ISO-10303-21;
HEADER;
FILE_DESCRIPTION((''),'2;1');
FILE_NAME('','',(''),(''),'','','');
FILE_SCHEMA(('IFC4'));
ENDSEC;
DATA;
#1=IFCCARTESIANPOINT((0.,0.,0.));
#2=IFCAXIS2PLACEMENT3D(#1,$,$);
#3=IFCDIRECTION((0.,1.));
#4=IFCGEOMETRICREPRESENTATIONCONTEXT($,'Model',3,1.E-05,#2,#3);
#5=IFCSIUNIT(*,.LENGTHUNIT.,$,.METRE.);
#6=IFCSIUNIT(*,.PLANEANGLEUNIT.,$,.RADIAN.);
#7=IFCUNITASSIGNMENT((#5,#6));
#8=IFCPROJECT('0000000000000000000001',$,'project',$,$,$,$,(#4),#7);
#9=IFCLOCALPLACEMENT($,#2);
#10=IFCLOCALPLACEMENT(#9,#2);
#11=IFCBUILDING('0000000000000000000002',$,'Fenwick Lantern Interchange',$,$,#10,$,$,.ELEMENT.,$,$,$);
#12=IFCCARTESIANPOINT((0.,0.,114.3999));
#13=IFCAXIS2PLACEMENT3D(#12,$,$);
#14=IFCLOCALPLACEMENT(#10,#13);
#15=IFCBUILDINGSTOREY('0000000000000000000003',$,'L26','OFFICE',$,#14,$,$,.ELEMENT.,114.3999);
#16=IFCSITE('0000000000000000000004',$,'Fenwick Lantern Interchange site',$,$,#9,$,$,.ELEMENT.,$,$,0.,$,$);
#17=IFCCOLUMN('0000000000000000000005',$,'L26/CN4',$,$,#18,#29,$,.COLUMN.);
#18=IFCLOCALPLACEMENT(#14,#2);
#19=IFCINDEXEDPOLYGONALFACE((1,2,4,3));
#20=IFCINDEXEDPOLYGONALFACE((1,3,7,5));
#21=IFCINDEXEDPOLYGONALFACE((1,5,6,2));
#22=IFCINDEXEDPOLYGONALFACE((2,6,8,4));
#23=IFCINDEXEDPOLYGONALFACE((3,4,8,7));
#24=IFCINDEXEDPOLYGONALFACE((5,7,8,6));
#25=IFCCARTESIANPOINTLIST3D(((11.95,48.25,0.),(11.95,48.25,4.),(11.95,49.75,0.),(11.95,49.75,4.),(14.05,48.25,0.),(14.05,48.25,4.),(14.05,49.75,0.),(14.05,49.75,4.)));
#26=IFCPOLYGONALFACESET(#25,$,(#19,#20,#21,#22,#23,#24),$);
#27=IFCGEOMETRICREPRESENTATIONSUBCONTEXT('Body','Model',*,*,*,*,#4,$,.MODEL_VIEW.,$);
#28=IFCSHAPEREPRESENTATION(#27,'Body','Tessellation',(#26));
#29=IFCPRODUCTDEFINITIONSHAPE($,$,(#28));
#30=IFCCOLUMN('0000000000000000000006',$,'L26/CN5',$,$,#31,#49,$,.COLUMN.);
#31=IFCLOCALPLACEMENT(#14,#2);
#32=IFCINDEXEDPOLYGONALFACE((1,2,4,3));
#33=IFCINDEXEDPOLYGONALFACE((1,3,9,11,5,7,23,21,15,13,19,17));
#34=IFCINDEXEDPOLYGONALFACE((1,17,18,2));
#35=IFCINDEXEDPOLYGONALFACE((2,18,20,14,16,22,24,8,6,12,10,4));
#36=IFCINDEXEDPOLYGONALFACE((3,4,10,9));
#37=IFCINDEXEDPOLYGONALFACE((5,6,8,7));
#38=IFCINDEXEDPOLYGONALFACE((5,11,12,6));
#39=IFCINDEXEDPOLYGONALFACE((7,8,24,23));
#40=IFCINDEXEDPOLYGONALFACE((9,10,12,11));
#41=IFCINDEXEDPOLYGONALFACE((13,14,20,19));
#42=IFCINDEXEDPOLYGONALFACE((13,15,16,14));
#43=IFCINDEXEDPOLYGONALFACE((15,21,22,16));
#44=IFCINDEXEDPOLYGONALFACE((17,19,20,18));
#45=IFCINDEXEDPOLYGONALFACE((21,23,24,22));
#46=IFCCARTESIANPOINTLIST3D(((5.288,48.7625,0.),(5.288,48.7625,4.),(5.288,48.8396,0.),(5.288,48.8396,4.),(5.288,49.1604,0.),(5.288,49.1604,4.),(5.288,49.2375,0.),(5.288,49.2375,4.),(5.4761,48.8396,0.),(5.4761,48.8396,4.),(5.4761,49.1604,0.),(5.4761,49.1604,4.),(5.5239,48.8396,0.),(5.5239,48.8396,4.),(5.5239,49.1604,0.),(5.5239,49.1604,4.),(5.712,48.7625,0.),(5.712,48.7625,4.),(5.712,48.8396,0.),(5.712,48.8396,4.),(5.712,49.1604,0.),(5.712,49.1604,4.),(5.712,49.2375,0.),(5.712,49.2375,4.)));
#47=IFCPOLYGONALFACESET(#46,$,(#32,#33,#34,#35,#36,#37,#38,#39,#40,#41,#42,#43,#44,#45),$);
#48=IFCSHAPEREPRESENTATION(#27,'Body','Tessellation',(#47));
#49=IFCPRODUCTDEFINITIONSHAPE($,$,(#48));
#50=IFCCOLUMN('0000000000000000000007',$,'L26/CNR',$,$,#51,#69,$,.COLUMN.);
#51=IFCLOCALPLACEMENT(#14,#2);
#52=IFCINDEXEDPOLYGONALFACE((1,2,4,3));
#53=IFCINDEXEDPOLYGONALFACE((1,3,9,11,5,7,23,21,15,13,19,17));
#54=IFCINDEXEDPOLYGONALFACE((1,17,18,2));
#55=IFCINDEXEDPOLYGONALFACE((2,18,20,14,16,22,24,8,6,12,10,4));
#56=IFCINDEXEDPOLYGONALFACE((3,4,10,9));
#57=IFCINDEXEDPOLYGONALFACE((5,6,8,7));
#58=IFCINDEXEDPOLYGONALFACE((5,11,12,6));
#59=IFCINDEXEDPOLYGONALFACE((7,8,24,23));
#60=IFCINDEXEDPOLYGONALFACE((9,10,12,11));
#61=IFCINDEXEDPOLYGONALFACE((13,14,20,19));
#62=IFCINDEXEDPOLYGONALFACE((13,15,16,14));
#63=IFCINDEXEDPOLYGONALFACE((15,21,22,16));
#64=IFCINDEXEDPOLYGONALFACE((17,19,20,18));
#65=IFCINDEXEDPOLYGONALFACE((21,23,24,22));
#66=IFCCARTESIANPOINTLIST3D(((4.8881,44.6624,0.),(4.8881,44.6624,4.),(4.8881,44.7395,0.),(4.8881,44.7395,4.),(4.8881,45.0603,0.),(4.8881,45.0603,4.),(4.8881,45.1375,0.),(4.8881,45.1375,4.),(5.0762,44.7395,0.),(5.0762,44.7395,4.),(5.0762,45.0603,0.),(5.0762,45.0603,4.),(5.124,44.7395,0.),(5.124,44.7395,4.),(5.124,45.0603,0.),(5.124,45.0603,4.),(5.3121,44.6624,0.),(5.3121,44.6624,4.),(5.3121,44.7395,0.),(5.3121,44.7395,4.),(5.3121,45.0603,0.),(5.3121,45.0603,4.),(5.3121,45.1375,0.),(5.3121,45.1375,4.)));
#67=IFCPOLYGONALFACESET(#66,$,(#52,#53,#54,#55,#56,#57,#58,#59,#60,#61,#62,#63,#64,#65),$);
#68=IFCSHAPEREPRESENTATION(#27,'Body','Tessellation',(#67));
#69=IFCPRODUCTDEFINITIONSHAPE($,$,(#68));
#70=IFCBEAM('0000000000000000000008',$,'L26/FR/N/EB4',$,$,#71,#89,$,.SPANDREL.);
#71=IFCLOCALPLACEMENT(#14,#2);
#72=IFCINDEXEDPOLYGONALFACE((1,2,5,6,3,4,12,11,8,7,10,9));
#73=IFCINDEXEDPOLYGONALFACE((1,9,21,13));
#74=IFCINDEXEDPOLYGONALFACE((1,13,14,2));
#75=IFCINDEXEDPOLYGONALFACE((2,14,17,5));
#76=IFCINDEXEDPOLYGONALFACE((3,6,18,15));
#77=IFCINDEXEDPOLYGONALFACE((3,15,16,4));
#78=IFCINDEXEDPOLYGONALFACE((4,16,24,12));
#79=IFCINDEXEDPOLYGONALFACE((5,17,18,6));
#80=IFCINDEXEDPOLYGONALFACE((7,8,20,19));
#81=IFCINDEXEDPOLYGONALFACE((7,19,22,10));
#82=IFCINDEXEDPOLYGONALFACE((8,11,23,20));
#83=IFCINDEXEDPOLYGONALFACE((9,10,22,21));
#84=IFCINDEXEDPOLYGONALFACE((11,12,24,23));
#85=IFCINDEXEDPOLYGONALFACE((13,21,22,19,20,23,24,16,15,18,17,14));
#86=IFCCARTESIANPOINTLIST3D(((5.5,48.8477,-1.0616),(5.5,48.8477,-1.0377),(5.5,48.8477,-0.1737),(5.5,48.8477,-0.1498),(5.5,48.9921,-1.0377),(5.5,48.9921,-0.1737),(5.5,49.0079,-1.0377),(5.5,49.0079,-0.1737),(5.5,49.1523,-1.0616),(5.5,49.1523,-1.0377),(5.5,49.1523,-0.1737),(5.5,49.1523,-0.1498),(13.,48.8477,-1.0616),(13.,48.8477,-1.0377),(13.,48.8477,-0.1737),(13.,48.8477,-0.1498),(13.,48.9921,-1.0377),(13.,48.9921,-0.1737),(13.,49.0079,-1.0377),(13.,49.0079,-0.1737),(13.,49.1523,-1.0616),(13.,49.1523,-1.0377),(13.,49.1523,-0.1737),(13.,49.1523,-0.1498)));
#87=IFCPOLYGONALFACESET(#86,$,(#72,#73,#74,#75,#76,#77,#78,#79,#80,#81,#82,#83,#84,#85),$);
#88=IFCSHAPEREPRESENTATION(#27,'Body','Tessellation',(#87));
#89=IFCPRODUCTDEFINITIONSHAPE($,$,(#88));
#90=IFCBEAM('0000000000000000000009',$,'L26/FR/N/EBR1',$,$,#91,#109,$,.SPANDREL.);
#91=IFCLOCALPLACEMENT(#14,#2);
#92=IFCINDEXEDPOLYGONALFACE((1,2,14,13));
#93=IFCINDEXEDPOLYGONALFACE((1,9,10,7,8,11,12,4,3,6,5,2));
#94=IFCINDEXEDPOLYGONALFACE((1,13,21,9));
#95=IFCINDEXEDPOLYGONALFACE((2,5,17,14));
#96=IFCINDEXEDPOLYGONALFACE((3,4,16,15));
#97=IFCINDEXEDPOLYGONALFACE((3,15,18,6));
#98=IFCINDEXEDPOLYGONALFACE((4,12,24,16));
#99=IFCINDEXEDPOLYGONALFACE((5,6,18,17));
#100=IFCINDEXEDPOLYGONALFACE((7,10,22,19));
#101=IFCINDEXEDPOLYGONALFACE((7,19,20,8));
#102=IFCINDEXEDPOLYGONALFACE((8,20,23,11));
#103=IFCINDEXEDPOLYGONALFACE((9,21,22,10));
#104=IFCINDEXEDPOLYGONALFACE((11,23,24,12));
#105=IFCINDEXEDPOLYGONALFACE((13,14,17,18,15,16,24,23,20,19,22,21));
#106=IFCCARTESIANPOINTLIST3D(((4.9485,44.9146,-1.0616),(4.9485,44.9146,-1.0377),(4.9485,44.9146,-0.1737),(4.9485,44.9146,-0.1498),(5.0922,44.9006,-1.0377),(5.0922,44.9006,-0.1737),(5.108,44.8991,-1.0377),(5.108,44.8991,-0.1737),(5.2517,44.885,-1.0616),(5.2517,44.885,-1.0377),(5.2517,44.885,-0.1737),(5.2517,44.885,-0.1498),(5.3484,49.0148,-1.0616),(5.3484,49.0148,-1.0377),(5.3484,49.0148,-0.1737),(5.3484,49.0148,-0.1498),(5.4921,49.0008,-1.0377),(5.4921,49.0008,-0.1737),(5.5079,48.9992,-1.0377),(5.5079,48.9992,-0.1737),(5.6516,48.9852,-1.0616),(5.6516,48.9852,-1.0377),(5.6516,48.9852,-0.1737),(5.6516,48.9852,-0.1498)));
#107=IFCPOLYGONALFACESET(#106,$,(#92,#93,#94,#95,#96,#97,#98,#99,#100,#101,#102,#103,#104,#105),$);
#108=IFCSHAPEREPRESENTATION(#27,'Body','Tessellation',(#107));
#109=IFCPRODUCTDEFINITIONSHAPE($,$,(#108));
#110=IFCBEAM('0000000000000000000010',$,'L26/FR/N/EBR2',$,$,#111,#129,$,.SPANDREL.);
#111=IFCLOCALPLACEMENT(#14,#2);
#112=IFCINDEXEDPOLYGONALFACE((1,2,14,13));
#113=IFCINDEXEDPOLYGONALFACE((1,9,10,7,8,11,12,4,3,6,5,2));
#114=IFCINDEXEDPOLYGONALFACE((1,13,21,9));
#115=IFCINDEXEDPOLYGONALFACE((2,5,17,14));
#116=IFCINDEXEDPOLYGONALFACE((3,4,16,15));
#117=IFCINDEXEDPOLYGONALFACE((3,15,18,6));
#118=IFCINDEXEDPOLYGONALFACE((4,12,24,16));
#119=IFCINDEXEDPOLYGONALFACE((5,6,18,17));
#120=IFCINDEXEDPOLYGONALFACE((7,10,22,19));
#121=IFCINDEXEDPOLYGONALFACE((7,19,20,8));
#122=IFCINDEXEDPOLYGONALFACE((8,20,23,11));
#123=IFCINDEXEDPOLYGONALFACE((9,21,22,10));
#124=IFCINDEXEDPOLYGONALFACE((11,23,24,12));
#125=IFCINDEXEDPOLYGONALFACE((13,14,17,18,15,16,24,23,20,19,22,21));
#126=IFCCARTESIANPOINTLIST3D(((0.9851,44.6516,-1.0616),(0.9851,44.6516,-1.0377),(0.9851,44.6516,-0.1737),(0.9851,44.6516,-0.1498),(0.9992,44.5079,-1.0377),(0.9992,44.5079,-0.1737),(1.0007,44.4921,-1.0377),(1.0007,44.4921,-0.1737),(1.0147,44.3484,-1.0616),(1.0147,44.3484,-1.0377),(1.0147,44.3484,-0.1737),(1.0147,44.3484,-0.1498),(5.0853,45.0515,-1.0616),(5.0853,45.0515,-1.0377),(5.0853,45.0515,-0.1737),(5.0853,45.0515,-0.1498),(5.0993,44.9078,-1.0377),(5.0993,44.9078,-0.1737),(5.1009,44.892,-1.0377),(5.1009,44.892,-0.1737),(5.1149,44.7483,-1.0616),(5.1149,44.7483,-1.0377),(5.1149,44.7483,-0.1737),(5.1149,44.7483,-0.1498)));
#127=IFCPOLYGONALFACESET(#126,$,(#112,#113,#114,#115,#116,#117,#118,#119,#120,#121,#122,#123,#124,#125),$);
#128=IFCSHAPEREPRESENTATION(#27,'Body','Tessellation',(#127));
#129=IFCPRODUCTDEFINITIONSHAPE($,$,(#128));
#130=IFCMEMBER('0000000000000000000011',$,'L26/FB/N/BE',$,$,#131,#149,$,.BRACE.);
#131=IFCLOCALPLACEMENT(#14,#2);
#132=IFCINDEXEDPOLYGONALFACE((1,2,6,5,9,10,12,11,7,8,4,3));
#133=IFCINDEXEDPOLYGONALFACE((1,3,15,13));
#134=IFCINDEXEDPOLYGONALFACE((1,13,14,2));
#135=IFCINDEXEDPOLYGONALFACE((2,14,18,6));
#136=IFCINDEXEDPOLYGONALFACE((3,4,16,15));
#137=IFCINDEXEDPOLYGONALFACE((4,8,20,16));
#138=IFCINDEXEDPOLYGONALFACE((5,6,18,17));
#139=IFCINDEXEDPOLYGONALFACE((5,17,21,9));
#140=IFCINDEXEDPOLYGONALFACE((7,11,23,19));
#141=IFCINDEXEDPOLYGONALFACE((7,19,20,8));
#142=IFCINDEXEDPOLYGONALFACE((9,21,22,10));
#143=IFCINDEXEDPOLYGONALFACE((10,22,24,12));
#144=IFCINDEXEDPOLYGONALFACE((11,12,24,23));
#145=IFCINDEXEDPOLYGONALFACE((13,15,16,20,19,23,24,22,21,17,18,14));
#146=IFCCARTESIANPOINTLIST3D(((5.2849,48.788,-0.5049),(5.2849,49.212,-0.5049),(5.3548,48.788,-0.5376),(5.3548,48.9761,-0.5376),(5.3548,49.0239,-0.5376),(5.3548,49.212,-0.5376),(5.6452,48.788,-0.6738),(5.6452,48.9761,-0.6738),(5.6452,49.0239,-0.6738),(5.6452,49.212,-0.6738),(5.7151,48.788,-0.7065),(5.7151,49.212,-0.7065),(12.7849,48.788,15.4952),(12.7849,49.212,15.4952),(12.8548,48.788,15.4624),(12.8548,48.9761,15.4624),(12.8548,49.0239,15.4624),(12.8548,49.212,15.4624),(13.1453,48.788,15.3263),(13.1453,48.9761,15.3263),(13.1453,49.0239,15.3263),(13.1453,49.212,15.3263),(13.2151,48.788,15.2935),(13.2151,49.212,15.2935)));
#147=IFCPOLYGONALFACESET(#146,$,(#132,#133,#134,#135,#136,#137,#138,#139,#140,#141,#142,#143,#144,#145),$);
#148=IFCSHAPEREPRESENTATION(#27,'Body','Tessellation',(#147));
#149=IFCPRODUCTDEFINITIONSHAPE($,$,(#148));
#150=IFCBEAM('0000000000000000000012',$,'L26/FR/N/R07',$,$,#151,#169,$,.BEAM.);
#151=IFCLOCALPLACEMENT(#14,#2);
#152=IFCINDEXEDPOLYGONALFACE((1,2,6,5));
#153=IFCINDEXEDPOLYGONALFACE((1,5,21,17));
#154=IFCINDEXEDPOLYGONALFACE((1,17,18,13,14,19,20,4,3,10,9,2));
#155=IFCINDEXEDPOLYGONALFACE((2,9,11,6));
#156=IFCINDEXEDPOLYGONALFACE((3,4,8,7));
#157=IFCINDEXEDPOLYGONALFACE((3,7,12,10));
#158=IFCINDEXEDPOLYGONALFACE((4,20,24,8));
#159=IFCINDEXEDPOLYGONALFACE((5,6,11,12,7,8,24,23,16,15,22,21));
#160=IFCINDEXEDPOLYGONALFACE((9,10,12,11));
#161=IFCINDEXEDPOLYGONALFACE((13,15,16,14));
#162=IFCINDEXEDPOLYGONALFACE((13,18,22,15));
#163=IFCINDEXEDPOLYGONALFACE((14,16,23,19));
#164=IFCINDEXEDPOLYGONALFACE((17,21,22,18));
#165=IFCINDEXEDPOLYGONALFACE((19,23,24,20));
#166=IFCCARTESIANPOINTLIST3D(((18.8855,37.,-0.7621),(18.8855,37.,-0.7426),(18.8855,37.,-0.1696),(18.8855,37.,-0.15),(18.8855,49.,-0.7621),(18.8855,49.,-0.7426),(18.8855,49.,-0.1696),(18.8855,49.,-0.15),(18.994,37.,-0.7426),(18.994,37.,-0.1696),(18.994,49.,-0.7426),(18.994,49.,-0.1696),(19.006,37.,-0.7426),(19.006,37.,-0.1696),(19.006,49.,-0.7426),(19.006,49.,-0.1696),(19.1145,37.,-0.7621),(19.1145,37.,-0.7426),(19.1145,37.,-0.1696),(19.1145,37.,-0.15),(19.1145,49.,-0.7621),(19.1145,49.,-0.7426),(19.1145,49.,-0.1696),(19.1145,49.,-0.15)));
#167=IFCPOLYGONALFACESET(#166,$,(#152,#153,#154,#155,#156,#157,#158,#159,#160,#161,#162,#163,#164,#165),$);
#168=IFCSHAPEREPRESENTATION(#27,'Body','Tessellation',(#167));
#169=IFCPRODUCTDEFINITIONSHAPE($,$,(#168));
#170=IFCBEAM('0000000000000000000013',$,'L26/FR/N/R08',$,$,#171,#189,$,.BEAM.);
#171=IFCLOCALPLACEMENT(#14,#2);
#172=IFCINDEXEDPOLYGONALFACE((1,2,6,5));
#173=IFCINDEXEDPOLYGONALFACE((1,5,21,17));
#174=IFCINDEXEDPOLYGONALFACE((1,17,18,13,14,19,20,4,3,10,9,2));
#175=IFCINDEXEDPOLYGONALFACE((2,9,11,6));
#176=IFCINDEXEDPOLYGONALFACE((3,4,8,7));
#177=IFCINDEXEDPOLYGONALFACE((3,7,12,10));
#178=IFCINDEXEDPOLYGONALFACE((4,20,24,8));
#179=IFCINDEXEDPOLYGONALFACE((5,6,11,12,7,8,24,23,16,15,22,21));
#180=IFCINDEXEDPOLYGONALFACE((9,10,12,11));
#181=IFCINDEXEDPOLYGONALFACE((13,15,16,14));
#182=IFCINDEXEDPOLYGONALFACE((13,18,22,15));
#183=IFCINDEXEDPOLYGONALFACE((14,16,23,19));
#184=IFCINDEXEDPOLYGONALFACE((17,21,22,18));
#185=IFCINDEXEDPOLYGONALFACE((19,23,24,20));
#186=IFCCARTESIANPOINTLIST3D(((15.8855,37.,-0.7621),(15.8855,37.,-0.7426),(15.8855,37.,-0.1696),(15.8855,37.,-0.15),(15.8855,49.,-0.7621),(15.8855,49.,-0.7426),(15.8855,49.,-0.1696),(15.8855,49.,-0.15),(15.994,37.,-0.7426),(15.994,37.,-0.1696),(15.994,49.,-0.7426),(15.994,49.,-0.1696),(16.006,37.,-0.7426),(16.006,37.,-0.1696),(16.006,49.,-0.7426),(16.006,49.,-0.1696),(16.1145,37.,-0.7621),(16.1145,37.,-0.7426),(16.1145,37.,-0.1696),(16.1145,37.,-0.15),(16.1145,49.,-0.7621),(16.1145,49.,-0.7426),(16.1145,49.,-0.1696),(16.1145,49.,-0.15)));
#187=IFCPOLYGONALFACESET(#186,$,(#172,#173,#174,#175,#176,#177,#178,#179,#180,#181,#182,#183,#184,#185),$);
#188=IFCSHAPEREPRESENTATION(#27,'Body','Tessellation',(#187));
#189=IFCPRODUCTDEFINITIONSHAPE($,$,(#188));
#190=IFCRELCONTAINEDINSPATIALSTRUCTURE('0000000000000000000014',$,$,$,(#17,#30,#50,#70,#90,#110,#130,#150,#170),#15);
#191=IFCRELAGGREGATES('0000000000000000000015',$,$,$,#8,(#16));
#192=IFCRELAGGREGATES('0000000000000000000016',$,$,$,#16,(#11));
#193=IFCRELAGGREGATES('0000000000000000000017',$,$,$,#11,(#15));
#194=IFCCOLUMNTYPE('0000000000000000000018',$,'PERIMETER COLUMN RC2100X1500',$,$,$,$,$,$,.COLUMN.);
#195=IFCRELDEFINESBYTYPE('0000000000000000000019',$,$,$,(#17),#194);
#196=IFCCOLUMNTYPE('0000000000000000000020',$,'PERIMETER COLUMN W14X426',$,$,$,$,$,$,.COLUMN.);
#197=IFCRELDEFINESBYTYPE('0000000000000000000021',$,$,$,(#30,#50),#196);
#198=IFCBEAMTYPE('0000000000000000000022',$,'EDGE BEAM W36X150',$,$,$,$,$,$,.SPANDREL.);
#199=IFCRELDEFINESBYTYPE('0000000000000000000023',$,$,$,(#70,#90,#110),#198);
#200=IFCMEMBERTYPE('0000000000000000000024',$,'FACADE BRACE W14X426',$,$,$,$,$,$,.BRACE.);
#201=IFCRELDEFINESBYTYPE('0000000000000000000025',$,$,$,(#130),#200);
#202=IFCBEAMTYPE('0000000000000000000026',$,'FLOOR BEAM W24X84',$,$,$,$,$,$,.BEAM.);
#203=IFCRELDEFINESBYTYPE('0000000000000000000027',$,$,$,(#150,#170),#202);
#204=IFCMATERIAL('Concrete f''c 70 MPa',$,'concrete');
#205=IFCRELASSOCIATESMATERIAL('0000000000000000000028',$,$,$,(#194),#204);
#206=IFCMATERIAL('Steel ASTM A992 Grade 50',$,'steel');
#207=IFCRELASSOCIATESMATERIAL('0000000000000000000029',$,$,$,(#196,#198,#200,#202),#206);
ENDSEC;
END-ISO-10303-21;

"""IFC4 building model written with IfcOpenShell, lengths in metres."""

from ifc_helpers import new_model, si_unit, direction, frame, origin, origin_2d, place, context, subcontext, project, spatial, rectangle, i_section, extrude, material, material_profile, profile_set, type_object, element, save


model = new_model("IFC4")

# Units and contexts
model_context = context("Model", 3, precision=1e-05, world=origin(), true_north=direction((0.0, 1.0)))
body_context = subcontext(model_context, "Body", "Model", "MODEL_VIEW")
ifc_project = project(units=[si_unit("LENGTHUNIT", "METRE"), si_unit("PLANEANGLEUNIT", "RADIAN")], contexts=[model_context])

# Site, building, storey
site_placement = place(None, origin())
site = spatial("IfcSite", under=ifc_project, at=site_placement, Name="Fenwick Lantern Interchange site", CompositionType="ELEMENT", RefElevation=0.0)
building_placement = place(site_placement, origin())
building = spatial("IfcBuilding", under=site, at=building_placement, Name="Fenwick Lantern Interchange", CompositionType="ELEMENT")
storey_placement = place(building_placement, frame((0.0, 0.0, 114.3999)))
storey = spatial("IfcBuildingStorey", under=building, at=storey_placement, Name="L26", Description="OFFICE", CompositionType="ELEMENT", Elevation=114.3999)

# Columns
ifc_material_1 = material(Name="Concrete f'c 70 MPa", Category="concrete")
ifc_material_profile_1 = material_profile(ifc_material_1, rectangle(XDim=2.1001, YDim=1.5, at=origin_2d()), Name="RC2100X1500")
ifc_profile_set_1 = profile_set([ifc_material_profile_1], Name="Concrete f'c 70 MPa")
column_type_1 = type_object("IfcColumnType", Name="PERIMETER COLUMN RC2100X1500", PredefinedType="COLUMN", material=ifc_profile_set_1)
column_placement = place(storey_placement, frame((13.0, 49.0, 0.0), z_axis=(0.0, 0.0, 1.0), x_axis=(1.0, 0.0, 0.0)))
element("IfcColumn", 1, at=column_placement, inside=storey, type_object=column_type_1, Name="L26/CN4", PredefinedType="COLUMN", context=body_context, shape_type="SweptSolid", body=[
    extrude(rectangle(XDim=2.1001, YDim=1.5, at=origin_2d()), origin(), (0.0, 0.0, 1.0), 4.0),
])
ifc_material_2 = material(Name="Steel ASTM A992 Grade 50", Category="steel")
ifc_material_profile_2 = material_profile(ifc_material_2, i_section(OverallWidth=0.4241, OverallDepth=0.4751, WebThickness=0.0479, FlangeThickness=0.0771, at=origin_2d()), Name="W14X426")
ifc_profile_set_2 = profile_set([ifc_material_profile_2], Name="Steel ASTM A992 Grade 50")
column_type_2 = type_object("IfcColumnType", Name="PERIMETER COLUMN W14X426", PredefinedType="COLUMN", material=ifc_profile_set_2)
for number, where, z_axis, x_axis, name in (
    (2, (5.5, 49.0, 0.0), (0.0, 0.0, 1.0), (1.0, 0.0, 0.0), "L26/CN5"),
    (3, (5.1001, 44.8999, 0.0), (0.0, 0.0, 1.0), (1.0, 0.0, 0.0), "L26/CNR"),
):
    element("IfcColumn", number, at=place(storey_placement, frame(where, z_axis=z_axis, x_axis=x_axis)), inside=storey, type_object=column_type_2, Name=name, PredefinedType="COLUMN", context=body_context, shape_type="SweptSolid", body=[
        extrude(i_section(OverallWidth=0.4241, OverallDepth=0.4751, WebThickness=0.0479, FlangeThickness=0.0771, at=origin_2d()), origin(), (0.0, 0.0, 1.0), 4.0),
    ])

# Beams
ifc_material_profile_3 = material_profile(ifc_material_2, i_section(OverallWidth=0.3047, OverallDepth=0.9119, WebThickness=0.0159, FlangeThickness=0.0239, at=origin_2d()), Name="W36X150")
ifc_profile_set_3 = profile_set([ifc_material_profile_3], Name="Steel ASTM A992 Grade 50")
beam_type_1 = type_object("IfcBeamType", Name="EDGE BEAM W36X150", PredefinedType="SPANDREL", material=ifc_profile_set_3)
beam_1_placement = place(storey_placement, frame((13.0, 49.0, -0.6057), z_axis=(-1.0, 0.0, 0.0), x_axis=(0.0, -1.0, 0.0)))
element("IfcBeam", 4, at=beam_1_placement, inside=storey, type_object=beam_type_1, Name="L26/FR/N/EB4", PredefinedType="SPANDREL", context=body_context, shape_type="SweptSolid", body=[
    extrude(i_section(OverallWidth=0.3047, OverallDepth=0.9119, WebThickness=0.0159, FlangeThickness=0.0239, at=origin_2d()), origin(), (0.0, 0.0, 1.0), 7.5),
])
for number, where, z_axis, x_axis, name in (
    (5, (5.5, 49.0, -0.6057), (-0.097074, -0.995277, 0.0), (0.995277, -0.097074, 0.0), "L26/FR/N/EBR1"),
    (6, (5.1001, 44.8999, -0.6057), (-0.995277, -0.097074, 0.0), (0.097074, -0.995277, 0.0), "L26/FR/N/EBR2"),
):
    element("IfcBeam", number, at=place(storey_placement, frame(where, z_axis=z_axis, x_axis=x_axis)), inside=storey, type_object=beam_type_1, Name=name, PredefinedType="SPANDREL", context=body_context, shape_type="SweptSolid", body=[
        extrude(i_section(OverallWidth=0.3047, OverallDepth=0.9119, WebThickness=0.0159, FlangeThickness=0.0239, at=origin_2d()), origin(), (0.0, 0.0, 1.0), 4.1196),
    ])

# Member
ifc_material_profile_4 = material_profile(ifc_material_2, i_section(OverallWidth=0.4241, OverallDepth=0.4751, WebThickness=0.0479, FlangeThickness=0.0771, at=origin_2d()), Name="W14X426")
ifc_profile_set_4 = profile_set([ifc_material_profile_4], Name="Steel ASTM A992 Grade 50")
member_type_1 = type_object("IfcMemberType", Name="FACADE BRACE W14X426", PredefinedType="BRACE", material=ifc_profile_set_4)
member_1_placement = place(storey_placement, frame((5.5, 49.0, -0.6057), z_axis=(0.424434, 0.0, 0.905459), x_axis=(0.0, 1.0, 0.0)))
element("IfcMember", 7, at=member_1_placement, inside=storey, type_object=member_type_1, Name="L26/FB/N/BE", PredefinedType="BRACE", context=body_context, shape_type="SweptSolid", body=[
    extrude(i_section(OverallWidth=0.4241, OverallDepth=0.4751, WebThickness=0.0479, FlangeThickness=0.0771, at=origin_2d()), origin(), (0.0, 0.0, 1.0), 17.6707),
])

# Beams
ifc_material_profile_5 = material_profile(ifc_material_2, i_section(OverallWidth=0.229, OverallDepth=0.6121, WebThickness=0.012, FlangeThickness=0.0195, at=origin_2d()), Name="W24X84")
ifc_profile_set_5 = profile_set([ifc_material_profile_5], Name="Steel ASTM A992 Grade 50")
beam_type_2 = type_object("IfcBeamType", Name="FLOOR BEAM W24X84", PredefinedType="BEAM", material=ifc_profile_set_5)
for number, where, z_axis, x_axis, name in (
    (8, (19.0, 49.0, -0.4561), (0.0, -1.0, 0.0), (1.0, 0.0, 0.0), "L26/FR/N/R07"),
    (9, (16.0, 49.0, -0.4561), (0.0, -1.0, 0.0), (1.0, 0.0, 0.0), "L26/FR/N/R08"),
):
    element("IfcBeam", number, at=place(storey_placement, frame(where, z_axis=z_axis, x_axis=x_axis)), inside=storey, type_object=beam_type_2, Name=name, PredefinedType="BEAM", context=body_context, shape_type="SweptSolid", body=[
        extrude(i_section(OverallWidth=0.229, OverallDepth=0.6121, WebThickness=0.012, FlangeThickness=0.0195, at=origin_2d()), origin(), (0.0, 0.0, 1.0), 12.0),
    ])

save(model, "model.ifc")
